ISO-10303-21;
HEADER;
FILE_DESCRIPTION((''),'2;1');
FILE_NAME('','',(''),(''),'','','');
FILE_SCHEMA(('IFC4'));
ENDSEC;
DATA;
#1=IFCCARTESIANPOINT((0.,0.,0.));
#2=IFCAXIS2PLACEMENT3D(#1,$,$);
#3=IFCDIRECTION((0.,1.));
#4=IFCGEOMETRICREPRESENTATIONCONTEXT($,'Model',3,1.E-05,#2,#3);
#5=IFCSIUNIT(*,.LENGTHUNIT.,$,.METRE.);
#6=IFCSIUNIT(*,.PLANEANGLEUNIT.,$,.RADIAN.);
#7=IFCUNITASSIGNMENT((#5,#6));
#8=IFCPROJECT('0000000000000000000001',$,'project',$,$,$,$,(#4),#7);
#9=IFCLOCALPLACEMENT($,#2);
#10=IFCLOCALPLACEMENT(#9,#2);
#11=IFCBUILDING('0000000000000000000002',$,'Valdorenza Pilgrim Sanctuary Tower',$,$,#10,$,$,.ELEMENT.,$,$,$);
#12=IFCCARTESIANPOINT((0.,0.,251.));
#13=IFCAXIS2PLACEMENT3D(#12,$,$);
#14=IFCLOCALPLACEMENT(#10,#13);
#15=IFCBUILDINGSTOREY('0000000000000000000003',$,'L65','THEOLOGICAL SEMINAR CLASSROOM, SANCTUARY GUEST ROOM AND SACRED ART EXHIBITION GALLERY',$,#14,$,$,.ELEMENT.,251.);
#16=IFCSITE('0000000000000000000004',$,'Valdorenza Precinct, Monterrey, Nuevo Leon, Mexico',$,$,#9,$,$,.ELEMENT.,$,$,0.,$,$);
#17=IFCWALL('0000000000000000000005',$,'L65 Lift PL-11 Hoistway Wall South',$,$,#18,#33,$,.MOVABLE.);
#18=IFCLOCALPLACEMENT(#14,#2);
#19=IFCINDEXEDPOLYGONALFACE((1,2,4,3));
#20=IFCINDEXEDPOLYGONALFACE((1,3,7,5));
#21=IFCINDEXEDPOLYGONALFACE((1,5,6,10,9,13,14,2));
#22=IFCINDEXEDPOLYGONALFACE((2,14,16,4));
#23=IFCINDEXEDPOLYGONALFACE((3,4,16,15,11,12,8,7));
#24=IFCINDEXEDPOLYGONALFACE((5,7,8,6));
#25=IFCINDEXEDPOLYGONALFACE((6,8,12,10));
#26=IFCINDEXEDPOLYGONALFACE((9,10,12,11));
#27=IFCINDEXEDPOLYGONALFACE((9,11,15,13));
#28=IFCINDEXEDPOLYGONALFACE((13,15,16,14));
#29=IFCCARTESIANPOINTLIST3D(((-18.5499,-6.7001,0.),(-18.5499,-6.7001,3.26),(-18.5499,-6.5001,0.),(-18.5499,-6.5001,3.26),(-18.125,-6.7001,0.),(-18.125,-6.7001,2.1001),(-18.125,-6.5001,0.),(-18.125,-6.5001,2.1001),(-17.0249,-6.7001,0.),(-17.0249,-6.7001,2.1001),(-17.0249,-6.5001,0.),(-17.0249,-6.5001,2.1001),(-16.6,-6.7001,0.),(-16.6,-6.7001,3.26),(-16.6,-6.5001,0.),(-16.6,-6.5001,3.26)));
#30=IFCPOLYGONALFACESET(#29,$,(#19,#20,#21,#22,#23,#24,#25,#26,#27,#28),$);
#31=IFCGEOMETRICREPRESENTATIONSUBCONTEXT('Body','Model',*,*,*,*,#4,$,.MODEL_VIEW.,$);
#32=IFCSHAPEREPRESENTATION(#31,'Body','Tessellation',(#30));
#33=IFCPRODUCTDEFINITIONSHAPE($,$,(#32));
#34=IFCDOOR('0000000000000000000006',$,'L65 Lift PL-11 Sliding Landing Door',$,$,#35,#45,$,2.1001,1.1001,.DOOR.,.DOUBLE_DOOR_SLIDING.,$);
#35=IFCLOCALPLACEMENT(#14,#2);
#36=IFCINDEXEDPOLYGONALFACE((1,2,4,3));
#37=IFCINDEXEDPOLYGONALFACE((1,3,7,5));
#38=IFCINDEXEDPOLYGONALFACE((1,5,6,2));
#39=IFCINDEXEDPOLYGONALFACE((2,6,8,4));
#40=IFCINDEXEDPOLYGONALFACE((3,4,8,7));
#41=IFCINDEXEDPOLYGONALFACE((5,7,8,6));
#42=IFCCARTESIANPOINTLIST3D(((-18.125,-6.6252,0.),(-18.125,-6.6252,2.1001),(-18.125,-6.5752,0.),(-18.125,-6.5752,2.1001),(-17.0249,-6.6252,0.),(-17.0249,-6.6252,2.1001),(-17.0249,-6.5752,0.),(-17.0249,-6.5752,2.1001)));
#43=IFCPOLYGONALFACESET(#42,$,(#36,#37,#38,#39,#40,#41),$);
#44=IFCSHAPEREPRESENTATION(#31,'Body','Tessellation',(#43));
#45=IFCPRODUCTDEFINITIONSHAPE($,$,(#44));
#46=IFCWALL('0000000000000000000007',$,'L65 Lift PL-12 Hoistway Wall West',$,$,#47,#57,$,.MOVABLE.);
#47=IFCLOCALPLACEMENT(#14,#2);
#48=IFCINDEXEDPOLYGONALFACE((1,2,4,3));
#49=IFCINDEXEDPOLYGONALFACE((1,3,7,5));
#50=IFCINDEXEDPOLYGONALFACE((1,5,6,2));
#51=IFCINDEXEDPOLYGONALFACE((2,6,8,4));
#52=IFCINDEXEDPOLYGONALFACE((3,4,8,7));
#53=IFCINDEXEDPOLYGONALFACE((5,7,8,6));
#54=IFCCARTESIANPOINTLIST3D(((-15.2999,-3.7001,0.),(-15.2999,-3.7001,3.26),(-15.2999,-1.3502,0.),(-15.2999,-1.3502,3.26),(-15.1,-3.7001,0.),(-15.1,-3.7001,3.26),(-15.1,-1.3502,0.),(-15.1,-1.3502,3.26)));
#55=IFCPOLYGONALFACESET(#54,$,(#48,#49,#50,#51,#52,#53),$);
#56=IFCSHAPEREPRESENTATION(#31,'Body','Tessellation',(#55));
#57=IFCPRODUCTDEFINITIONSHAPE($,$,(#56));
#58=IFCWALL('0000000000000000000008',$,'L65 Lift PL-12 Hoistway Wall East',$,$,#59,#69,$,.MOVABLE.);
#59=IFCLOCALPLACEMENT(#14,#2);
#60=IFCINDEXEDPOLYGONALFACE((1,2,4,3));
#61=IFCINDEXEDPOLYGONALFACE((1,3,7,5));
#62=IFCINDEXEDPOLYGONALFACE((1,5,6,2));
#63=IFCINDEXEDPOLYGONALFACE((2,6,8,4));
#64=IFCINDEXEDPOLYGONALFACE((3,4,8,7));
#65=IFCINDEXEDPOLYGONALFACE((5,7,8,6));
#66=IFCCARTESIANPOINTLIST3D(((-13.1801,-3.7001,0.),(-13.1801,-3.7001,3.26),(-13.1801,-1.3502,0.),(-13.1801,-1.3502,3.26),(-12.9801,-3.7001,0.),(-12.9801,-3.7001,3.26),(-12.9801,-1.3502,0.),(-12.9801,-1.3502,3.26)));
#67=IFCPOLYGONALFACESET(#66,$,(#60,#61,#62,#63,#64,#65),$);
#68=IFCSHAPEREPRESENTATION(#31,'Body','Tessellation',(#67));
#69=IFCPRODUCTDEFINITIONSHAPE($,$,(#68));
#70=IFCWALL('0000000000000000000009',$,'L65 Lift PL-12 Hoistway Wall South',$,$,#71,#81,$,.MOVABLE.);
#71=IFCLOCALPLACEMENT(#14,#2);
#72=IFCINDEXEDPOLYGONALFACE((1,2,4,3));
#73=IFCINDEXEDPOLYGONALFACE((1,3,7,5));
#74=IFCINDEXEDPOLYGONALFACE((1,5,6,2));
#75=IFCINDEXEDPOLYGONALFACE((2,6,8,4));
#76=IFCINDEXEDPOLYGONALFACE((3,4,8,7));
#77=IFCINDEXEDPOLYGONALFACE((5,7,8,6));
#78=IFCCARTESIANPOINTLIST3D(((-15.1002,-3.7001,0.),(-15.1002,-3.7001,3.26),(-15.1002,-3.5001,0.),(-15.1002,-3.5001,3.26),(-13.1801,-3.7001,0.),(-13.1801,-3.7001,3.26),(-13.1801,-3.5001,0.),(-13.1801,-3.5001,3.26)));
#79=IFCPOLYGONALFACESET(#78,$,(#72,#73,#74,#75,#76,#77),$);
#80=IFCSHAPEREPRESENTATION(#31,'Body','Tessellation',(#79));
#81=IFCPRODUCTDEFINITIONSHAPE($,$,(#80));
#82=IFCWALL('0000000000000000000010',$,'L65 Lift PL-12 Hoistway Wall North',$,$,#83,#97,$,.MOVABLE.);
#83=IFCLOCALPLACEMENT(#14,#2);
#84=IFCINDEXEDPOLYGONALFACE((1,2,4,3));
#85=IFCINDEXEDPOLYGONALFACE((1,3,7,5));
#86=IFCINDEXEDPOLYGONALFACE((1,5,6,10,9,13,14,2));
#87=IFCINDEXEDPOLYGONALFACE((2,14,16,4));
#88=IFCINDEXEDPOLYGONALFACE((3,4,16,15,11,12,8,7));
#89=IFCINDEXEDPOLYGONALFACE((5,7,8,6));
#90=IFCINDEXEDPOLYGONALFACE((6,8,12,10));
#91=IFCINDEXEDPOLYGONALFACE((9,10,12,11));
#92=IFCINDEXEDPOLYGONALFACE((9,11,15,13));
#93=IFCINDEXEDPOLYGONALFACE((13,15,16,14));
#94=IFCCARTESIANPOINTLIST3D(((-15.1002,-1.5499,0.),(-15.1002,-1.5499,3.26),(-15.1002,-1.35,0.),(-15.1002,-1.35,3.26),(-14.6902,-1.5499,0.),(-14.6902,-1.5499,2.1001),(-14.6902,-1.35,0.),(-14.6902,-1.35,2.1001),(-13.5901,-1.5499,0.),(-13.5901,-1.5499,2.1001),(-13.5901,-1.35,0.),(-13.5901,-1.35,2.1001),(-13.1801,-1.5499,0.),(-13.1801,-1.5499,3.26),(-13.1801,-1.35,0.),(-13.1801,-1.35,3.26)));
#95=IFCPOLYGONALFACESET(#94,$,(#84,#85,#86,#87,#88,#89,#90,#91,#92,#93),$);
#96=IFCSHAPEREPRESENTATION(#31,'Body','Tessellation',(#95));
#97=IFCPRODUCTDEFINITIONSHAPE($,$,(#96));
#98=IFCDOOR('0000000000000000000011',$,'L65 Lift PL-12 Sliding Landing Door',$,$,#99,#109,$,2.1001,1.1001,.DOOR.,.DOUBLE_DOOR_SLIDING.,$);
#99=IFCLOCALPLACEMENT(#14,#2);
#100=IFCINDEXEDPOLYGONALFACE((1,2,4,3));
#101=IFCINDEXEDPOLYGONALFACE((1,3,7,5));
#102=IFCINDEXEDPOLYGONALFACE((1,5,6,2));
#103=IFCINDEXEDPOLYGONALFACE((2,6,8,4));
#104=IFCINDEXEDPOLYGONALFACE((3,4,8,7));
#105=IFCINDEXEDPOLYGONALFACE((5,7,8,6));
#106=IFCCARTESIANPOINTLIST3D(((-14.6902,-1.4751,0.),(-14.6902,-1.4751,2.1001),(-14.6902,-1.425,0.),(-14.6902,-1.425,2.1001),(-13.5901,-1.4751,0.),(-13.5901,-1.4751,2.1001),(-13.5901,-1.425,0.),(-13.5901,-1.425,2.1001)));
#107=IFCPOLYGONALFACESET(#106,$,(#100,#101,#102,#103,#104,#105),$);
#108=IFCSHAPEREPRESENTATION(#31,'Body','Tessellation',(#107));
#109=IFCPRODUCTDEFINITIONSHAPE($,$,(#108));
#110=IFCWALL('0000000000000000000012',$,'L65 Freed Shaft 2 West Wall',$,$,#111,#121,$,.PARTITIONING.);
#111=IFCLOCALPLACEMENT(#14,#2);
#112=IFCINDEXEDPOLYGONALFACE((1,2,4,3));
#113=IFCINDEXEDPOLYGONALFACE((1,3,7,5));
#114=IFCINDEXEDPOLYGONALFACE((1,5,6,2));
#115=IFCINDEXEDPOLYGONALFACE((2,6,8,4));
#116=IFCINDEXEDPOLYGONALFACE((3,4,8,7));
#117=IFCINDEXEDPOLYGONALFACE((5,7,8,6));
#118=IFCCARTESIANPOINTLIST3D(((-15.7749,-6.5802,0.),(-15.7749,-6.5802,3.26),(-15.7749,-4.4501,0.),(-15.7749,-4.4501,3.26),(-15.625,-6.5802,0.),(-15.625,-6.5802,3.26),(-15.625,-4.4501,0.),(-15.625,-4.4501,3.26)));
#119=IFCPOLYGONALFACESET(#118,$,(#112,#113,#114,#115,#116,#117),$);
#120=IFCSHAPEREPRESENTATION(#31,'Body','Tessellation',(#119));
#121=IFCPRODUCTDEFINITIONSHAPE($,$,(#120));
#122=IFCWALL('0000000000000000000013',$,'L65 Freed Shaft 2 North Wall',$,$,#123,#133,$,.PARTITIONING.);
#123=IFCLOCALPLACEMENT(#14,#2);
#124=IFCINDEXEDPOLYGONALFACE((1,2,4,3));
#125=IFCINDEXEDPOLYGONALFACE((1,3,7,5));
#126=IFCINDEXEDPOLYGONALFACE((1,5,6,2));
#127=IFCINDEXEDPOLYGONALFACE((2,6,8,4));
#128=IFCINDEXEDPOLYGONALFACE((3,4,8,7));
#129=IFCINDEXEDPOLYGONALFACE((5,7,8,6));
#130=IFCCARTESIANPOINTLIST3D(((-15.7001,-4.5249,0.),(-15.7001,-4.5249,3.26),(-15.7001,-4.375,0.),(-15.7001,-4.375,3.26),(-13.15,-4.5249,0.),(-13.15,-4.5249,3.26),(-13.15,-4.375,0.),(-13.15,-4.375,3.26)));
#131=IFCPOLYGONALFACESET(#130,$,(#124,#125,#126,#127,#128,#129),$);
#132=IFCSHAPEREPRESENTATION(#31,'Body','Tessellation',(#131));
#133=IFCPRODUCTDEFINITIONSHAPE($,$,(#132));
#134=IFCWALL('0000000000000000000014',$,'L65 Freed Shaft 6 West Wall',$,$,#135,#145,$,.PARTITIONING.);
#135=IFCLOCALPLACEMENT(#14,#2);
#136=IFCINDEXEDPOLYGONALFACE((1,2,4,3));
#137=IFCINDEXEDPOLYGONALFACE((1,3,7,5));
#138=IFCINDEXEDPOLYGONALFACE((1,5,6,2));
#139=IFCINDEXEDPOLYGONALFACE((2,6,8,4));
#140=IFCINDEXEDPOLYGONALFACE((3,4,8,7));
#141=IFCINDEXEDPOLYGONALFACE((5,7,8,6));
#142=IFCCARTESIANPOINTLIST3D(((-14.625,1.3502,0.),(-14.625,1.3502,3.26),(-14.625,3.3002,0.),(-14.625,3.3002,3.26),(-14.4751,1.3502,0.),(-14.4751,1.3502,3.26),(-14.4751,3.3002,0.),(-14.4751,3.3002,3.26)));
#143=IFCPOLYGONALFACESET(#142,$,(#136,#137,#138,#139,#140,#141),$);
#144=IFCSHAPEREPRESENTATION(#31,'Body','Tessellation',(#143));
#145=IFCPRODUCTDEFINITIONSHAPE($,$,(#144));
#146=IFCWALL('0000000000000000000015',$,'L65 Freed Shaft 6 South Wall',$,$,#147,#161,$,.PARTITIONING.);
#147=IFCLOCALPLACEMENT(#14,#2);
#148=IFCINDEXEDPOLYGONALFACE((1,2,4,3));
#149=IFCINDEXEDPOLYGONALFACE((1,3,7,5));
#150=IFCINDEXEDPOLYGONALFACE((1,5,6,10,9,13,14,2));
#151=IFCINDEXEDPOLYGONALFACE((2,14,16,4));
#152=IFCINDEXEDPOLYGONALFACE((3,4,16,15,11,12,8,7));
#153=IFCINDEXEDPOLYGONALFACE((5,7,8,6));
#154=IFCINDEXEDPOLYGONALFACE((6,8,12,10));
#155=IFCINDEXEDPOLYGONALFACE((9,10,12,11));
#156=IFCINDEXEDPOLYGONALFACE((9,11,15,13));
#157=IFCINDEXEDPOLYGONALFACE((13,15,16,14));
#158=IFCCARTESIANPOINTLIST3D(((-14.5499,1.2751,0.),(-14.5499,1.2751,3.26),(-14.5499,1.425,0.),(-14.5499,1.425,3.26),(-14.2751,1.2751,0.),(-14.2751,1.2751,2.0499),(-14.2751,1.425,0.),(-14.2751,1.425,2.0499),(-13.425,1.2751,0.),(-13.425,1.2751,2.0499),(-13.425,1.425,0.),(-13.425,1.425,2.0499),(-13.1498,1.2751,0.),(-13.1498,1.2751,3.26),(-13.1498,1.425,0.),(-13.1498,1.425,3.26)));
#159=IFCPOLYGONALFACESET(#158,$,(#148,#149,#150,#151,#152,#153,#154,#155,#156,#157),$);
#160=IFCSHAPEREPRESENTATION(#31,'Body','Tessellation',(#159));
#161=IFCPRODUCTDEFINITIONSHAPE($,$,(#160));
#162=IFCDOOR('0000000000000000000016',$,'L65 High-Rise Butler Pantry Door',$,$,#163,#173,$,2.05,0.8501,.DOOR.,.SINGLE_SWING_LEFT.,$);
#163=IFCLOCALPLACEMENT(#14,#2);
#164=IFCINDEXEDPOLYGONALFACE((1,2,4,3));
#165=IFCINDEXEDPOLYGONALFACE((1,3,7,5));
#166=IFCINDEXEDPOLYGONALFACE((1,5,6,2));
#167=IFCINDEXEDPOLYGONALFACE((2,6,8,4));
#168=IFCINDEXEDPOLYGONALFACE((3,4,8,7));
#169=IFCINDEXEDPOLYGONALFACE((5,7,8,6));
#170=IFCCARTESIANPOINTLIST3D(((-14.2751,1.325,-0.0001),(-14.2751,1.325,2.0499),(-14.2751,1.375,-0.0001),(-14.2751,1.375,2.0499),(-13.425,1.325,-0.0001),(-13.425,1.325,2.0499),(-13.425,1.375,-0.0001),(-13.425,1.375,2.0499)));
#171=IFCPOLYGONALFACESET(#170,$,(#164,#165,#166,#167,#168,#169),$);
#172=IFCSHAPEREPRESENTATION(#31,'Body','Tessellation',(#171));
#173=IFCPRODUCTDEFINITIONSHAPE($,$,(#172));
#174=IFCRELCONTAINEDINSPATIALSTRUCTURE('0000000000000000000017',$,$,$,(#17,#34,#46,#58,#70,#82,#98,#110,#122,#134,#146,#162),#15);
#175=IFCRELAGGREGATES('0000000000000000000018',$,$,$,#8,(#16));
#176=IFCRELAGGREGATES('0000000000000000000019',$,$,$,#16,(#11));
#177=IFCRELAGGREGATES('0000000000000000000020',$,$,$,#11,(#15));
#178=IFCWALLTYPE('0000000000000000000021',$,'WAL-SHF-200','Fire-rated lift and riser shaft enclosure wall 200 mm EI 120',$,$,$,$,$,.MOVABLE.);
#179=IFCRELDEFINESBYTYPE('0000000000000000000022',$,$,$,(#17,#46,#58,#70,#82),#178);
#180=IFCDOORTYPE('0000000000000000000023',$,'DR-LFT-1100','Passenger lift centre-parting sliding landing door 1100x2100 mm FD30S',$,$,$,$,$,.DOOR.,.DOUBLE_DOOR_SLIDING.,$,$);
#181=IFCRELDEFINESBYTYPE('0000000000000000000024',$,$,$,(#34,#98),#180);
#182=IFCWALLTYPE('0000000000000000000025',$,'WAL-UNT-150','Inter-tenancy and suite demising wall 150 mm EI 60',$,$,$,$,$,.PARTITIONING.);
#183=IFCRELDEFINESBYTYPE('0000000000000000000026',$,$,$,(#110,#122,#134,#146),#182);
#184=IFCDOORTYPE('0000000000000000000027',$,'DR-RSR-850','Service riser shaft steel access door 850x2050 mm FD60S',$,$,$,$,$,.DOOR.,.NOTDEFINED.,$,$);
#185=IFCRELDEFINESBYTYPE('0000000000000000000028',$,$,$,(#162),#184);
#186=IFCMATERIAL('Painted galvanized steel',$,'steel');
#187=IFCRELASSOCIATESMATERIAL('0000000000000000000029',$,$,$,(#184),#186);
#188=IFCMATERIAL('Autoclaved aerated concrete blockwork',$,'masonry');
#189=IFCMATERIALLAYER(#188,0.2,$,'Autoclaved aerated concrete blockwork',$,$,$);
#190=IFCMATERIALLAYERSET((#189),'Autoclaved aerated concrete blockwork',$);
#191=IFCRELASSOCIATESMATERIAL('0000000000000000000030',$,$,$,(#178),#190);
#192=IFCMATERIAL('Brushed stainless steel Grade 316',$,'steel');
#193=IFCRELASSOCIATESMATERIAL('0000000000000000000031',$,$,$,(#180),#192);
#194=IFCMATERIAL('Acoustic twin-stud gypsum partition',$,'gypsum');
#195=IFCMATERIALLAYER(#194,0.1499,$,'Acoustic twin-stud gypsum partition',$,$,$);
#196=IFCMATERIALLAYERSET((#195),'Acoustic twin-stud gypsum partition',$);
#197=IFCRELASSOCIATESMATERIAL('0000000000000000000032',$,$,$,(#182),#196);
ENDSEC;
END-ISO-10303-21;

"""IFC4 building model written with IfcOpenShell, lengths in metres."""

from ifc_helpers import new_model, si_unit, direction, frame, frame_2d, origin, place, context, subcontext, project, spatial, rectangle, extrude, material, layer, layer_set, type_object, element, fill, save


model = new_model("IFC4")

# Units and contexts
model_context = context("Model", 3, precision=1e-05, world=origin(), true_north=direction((0.0, 1.0)))
body_context = subcontext(model_context, "Body", "Model", "MODEL_VIEW")
ifc_project = project(units=[si_unit("LENGTHUNIT", "METRE"), si_unit("PLANEANGLEUNIT", "RADIAN")], contexts=[model_context])

# Site, building, storey
site_placement = place(None, origin())
site = spatial("IfcSite", under=ifc_project, at=site_placement, Name="Valdorenza Precinct, Monterrey, Nuevo Leon, Mexico", CompositionType="ELEMENT", RefElevation=0.0)
building_placement = place(site_placement, origin())
building = spatial("IfcBuilding", under=site, at=building_placement, Name="Valdorenza Pilgrim Sanctuary Tower", CompositionType="ELEMENT")
storey_placement = place(building_placement, frame((0.0, 0.0, 251.0)))
storey = spatial("IfcBuildingStorey", under=building, at=storey_placement, Name="L65", Description="THEOLOGICAL SEMINAR CLASSROOM, SANCTUARY GUEST ROOM AND SACRED ART EXHIBITION GALLERY", CompositionType="ELEMENT", Elevation=251.0)

# Shared definitions
ifc_material_1 = material(Name="Acoustic twin-stud gypsum partition", Category="gypsum")
ifc_material_2 = material(Name="Painted galvanized steel", Category="steel")
door_type_1 = type_object("IfcDoorType", Name="DR-RSR-850", Description="Service riser shaft steel access door 850x2050 mm FD60S", OperationType="NOTDEFINED", PredefinedType="DOOR", material=ifc_material_2)

# Shared definitions
ifc_material_3 = material(Name="Autoclaved aerated concrete blockwork", Category="masonry")
ifc_layer_1 = layer(ifc_material_3, 0.2, Name="Autoclaved aerated concrete blockwork")
ifc_layer_set_1 = layer_set([ifc_layer_1], Name="Autoclaved aerated concrete blockwork")
wall_type_1 = type_object("IfcWallType", Name="WAL-SHF-200", Description="Fire-rated lift and riser shaft enclosure wall 200 mm EI 120", PredefinedType="MOVABLE", material=ifc_layer_set_1)

# Shared definitions
ifc_material_4 = material(Name="Brushed stainless steel Grade 316", Category="steel")

# Wall, opening, door
wall_1_placement = place(storey_placement, frame((-18.55, -6.6001, 0.0), z_axis=(0.0, 0.0, 1.0), x_axis=(1.0, 0.0, 0.0)))
wall_1 = element("IfcWall", 1, at=wall_1_placement, inside=storey, type_object=wall_type_1, Name="L65 Lift PL-11 Hoistway Wall South", PredefinedType="MOVABLE", context=body_context, shape_type="SweptSolid", body=[
    extrude(rectangle(XDim=1.95, YDim=0.2, at=frame_2d((0.9751, 0.0))), origin(), (0.0, 0.0, 1.0), 3.26),
])
opening_1_placement = place(wall_1_placement, frame((0.425, 0.0, 0.0)))
opening_1 = element("IfcOpeningElement", 2, at=opening_1_placement, cuts=wall_1, PredefinedType="OPENING", context=body_context, shape_type="SweptSolid", body=[
    extrude(rectangle(XDim=1.1001, YDim=2.1001, at=frame_2d((0.55, 1.05))), frame((0.0, 0.1147, 0.0), z_axis=(0.0, -1.0, 0.0), x_axis=(1.0, 0.0, 0.0)), (0.0, 0.0, 1.0), 0.2297),
])
door_type_2 = type_object("IfcDoorType", Name="DR-LFT-1100", Description="Passenger lift centre-parting sliding landing door 1100x2100 mm FD30S", OperationType="DOUBLE_DOOR_SLIDING", PredefinedType="DOOR", material=ifc_material_4)
door_1_placement = place(opening_1_placement, origin())
door_1 = element("IfcDoor", 3, at=door_1_placement, inside=storey, type_object=door_type_2, Name="L65 Lift PL-11 Sliding Landing Door", OperationType="DOUBLE_DOOR_SLIDING", OverallHeight=2.1001, OverallWidth=1.1001, PredefinedType="DOOR", context=body_context, shape_type="SweptSolid", body=[
    extrude(rectangle(XDim=1.1001, YDim=2.1001, at=frame_2d((0.55, 1.05))), frame((0.0, 0.0249, 0.0), z_axis=(0.0, -1.0, 0.0), x_axis=(1.0, 0.0, 0.0)), (0.0, 0.0, 1.0), 0.05),
])
fill(opening_1, door_1)

# Walls
for number, where, z_axis, x_axis, name in (
    (4, (-15.2, -3.7, 0.0), (0.0, 0.0, 1.0), (0.0, 1.0, 0.0), "L65 Lift PL-12 Hoistway Wall West"),
    (5, (-13.0801, -3.7, 0.0), (0.0, 0.0, 1.0), (0.0, 1.0, 0.0), "L65 Lift PL-12 Hoistway Wall East"),
):
    element("IfcWall", number, at=place(storey_placement, frame(where, z_axis=z_axis, x_axis=x_axis)), inside=storey, type_object=wall_type_1, Name=name, PredefinedType="MOVABLE", context=body_context, shape_type="SweptSolid", body=[
        extrude(rectangle(XDim=2.3499, YDim=0.2, at=frame_2d((1.1748, 0.0))), origin(), (0.0, 0.0, 1.0), 3.26),
    ])
wall_2_placement = place(storey_placement, frame((-15.1001, -3.6001, 0.0), z_axis=(0.0, 0.0, 1.0), x_axis=(1.0, 0.0, 0.0)))
element("IfcWall", 6, at=wall_2_placement, inside=storey, type_object=wall_type_1, Name="L65 Lift PL-12 Hoistway Wall South", PredefinedType="MOVABLE", context=body_context, shape_type="SweptSolid", body=[
    extrude(rectangle(XDim=1.9202, YDim=0.2, at=frame_2d((0.96, 0.0))), origin(), (0.0, 0.0, 1.0), 3.26),
])

# Wall, opening, door
wall_3_placement = place(storey_placement, frame((-15.1001, -1.45, 0.0), z_axis=(0.0, 0.0, 1.0), x_axis=(1.0, 0.0, 0.0)))
wall_3 = element("IfcWall", 7, at=wall_3_placement, inside=storey, type_object=wall_type_1, Name="L65 Lift PL-12 Hoistway Wall North", PredefinedType="MOVABLE", context=body_context, shape_type="SweptSolid", body=[
    extrude(rectangle(XDim=1.9202, YDim=0.2, at=frame_2d((0.96, 0.0))), origin(), (0.0, 0.0, 1.0), 3.26),
])
opening_2_placement = place(wall_3_placement, frame((0.4099, 0.0, 0.0)))
opening_2 = element("IfcOpeningElement", 8, at=opening_2_placement, cuts=wall_3, PredefinedType="OPENING", context=body_context, shape_type="SweptSolid", body=[
    extrude(rectangle(XDim=1.1001, YDim=2.1001, at=frame_2d((0.55, 1.05))), frame((0.0, 0.1147, 0.0), z_axis=(0.0, -1.0, 0.0), x_axis=(1.0, 0.0, 0.0)), (0.0, 0.0, 1.0), 0.2297),
])
door_2_placement = place(opening_2_placement, origin())
door_2 = element("IfcDoor", 9, at=door_2_placement, inside=storey, type_object=door_type_2, Name="L65 Lift PL-12 Sliding Landing Door", OperationType="DOUBLE_DOOR_SLIDING", OverallHeight=2.1001, OverallWidth=1.1001, PredefinedType="DOOR", context=body_context, shape_type="SweptSolid", body=[
    extrude(rectangle(XDim=1.1001, YDim=2.1001, at=frame_2d((0.55, 1.05))), frame((0.0, 0.0249, 0.0), z_axis=(0.0, -1.0, 0.0), x_axis=(1.0, 0.0, 0.0)), (0.0, 0.0, 1.0), 0.05),
])
fill(opening_2, door_2)

# Walls
ifc_layer_2 = layer(ifc_material_1, 0.1499, Name="Acoustic twin-stud gypsum partition")
ifc_layer_set_2 = layer_set([ifc_layer_2], Name="Acoustic twin-stud gypsum partition")
wall_type_2 = type_object("IfcWallType", Name="WAL-UNT-150", Description="Inter-tenancy and suite demising wall 150 mm EI 60", PredefinedType="PARTITIONING", material=ifc_layer_set_2)
wall_4_placement = place(storey_placement, frame((-15.7, -6.5801, 0.0), z_axis=(0.0, 0.0, 1.0), x_axis=(0.0, 1.0, 0.0)))
element("IfcWall", 10, at=wall_4_placement, inside=storey, type_object=wall_type_2, Name="L65 Freed Shaft 2 West Wall", PredefinedType="PARTITIONING", context=body_context, shape_type="SweptSolid", body=[
    extrude(rectangle(XDim=2.1301, YDim=0.1499, at=frame_2d((1.0649, 0.0))), origin(), (0.0, 0.0, 1.0), 3.26),
])
wall_5_placement = place(storey_placement, frame((-15.7, -4.45, 0.0), z_axis=(0.0, 0.0, 1.0), x_axis=(1.0, 0.0, 0.0)))
element("IfcWall", 11, at=wall_5_placement, inside=storey, type_object=wall_type_2, Name="L65 Freed Shaft 2 North Wall", PredefinedType="PARTITIONING", context=body_context, shape_type="SweptSolid", body=[
    extrude(rectangle(XDim=2.55, YDim=0.1499, at=frame_2d((1.2749, 0.0))), origin(), (0.0, 0.0, 1.0), 3.26),
])
wall_6_placement = place(storey_placement, frame((-14.55, 1.3501, 0.0), z_axis=(0.0, 0.0, 1.0), x_axis=(0.0, 1.0, 0.0)))
element("IfcWall", 12, at=wall_6_placement, inside=storey, type_object=wall_type_2, Name="L65 Freed Shaft 6 West Wall", PredefinedType="PARTITIONING", context=body_context, shape_type="SweptSolid", body=[
    extrude(rectangle(XDim=1.95, YDim=0.1499, at=frame_2d((0.9751, 0.0))), origin(), (0.0, 0.0, 1.0), 3.26),
])

# Wall, opening, door
wall_7_placement = place(storey_placement, frame((-14.55, 1.3501, 0.0), z_axis=(0.0, 0.0, 1.0), x_axis=(1.0, 0.0, 0.0)))
wall_7 = element("IfcWall", 13, at=wall_7_placement, inside=storey, type_object=wall_type_2, Name="L65 Freed Shaft 6 South Wall", PredefinedType="PARTITIONING", context=body_context, shape_type="SweptSolid", body=[
    extrude(rectangle(XDim=1.4001, YDim=0.1499, at=frame_2d((0.7002, 0.0))), origin(), (0.0, 0.0, 1.0), 3.26),
])
opening_3_placement = place(wall_7_placement, frame((0.2749, 0.0, 0.0)))
opening_3 = element("IfcOpeningElement", 14, at=opening_3_placement, cuts=wall_7, PredefinedType="OPENING", context=body_context, shape_type="SweptSolid", body=[
    extrude(rectangle(XDim=0.8501, YDim=2.05, at=frame_2d((0.425, 1.0249))), frame((0.0, 0.0898, 0.0), z_axis=(0.0, -1.0, 0.0), x_axis=(1.0, 0.0, 0.0)), (0.0, 0.0, 1.0), 0.1797),
])
door_3_placement = place(opening_3_placement, origin())
door_3 = element("IfcDoor", 15, at=door_3_placement, inside=storey, type_object=door_type_1, Name="L65 High-Rise Butler Pantry Door", OperationType="SINGLE_SWING_LEFT", OverallHeight=2.05, OverallWidth=0.8501, PredefinedType="DOOR", context=body_context, shape_type="SweptSolid", body=[
    extrude(rectangle(XDim=0.8501, YDim=2.05, at=frame_2d((0.425, 1.0249))), frame((0.0, 0.0249, 0.0), z_axis=(0.0, -1.0, 0.0), x_axis=(1.0, 0.0, 0.0)), (0.0, 0.0, 1.0), 0.05),
])
fill(opening_3, door_3)

save(model, "model.ifc")
